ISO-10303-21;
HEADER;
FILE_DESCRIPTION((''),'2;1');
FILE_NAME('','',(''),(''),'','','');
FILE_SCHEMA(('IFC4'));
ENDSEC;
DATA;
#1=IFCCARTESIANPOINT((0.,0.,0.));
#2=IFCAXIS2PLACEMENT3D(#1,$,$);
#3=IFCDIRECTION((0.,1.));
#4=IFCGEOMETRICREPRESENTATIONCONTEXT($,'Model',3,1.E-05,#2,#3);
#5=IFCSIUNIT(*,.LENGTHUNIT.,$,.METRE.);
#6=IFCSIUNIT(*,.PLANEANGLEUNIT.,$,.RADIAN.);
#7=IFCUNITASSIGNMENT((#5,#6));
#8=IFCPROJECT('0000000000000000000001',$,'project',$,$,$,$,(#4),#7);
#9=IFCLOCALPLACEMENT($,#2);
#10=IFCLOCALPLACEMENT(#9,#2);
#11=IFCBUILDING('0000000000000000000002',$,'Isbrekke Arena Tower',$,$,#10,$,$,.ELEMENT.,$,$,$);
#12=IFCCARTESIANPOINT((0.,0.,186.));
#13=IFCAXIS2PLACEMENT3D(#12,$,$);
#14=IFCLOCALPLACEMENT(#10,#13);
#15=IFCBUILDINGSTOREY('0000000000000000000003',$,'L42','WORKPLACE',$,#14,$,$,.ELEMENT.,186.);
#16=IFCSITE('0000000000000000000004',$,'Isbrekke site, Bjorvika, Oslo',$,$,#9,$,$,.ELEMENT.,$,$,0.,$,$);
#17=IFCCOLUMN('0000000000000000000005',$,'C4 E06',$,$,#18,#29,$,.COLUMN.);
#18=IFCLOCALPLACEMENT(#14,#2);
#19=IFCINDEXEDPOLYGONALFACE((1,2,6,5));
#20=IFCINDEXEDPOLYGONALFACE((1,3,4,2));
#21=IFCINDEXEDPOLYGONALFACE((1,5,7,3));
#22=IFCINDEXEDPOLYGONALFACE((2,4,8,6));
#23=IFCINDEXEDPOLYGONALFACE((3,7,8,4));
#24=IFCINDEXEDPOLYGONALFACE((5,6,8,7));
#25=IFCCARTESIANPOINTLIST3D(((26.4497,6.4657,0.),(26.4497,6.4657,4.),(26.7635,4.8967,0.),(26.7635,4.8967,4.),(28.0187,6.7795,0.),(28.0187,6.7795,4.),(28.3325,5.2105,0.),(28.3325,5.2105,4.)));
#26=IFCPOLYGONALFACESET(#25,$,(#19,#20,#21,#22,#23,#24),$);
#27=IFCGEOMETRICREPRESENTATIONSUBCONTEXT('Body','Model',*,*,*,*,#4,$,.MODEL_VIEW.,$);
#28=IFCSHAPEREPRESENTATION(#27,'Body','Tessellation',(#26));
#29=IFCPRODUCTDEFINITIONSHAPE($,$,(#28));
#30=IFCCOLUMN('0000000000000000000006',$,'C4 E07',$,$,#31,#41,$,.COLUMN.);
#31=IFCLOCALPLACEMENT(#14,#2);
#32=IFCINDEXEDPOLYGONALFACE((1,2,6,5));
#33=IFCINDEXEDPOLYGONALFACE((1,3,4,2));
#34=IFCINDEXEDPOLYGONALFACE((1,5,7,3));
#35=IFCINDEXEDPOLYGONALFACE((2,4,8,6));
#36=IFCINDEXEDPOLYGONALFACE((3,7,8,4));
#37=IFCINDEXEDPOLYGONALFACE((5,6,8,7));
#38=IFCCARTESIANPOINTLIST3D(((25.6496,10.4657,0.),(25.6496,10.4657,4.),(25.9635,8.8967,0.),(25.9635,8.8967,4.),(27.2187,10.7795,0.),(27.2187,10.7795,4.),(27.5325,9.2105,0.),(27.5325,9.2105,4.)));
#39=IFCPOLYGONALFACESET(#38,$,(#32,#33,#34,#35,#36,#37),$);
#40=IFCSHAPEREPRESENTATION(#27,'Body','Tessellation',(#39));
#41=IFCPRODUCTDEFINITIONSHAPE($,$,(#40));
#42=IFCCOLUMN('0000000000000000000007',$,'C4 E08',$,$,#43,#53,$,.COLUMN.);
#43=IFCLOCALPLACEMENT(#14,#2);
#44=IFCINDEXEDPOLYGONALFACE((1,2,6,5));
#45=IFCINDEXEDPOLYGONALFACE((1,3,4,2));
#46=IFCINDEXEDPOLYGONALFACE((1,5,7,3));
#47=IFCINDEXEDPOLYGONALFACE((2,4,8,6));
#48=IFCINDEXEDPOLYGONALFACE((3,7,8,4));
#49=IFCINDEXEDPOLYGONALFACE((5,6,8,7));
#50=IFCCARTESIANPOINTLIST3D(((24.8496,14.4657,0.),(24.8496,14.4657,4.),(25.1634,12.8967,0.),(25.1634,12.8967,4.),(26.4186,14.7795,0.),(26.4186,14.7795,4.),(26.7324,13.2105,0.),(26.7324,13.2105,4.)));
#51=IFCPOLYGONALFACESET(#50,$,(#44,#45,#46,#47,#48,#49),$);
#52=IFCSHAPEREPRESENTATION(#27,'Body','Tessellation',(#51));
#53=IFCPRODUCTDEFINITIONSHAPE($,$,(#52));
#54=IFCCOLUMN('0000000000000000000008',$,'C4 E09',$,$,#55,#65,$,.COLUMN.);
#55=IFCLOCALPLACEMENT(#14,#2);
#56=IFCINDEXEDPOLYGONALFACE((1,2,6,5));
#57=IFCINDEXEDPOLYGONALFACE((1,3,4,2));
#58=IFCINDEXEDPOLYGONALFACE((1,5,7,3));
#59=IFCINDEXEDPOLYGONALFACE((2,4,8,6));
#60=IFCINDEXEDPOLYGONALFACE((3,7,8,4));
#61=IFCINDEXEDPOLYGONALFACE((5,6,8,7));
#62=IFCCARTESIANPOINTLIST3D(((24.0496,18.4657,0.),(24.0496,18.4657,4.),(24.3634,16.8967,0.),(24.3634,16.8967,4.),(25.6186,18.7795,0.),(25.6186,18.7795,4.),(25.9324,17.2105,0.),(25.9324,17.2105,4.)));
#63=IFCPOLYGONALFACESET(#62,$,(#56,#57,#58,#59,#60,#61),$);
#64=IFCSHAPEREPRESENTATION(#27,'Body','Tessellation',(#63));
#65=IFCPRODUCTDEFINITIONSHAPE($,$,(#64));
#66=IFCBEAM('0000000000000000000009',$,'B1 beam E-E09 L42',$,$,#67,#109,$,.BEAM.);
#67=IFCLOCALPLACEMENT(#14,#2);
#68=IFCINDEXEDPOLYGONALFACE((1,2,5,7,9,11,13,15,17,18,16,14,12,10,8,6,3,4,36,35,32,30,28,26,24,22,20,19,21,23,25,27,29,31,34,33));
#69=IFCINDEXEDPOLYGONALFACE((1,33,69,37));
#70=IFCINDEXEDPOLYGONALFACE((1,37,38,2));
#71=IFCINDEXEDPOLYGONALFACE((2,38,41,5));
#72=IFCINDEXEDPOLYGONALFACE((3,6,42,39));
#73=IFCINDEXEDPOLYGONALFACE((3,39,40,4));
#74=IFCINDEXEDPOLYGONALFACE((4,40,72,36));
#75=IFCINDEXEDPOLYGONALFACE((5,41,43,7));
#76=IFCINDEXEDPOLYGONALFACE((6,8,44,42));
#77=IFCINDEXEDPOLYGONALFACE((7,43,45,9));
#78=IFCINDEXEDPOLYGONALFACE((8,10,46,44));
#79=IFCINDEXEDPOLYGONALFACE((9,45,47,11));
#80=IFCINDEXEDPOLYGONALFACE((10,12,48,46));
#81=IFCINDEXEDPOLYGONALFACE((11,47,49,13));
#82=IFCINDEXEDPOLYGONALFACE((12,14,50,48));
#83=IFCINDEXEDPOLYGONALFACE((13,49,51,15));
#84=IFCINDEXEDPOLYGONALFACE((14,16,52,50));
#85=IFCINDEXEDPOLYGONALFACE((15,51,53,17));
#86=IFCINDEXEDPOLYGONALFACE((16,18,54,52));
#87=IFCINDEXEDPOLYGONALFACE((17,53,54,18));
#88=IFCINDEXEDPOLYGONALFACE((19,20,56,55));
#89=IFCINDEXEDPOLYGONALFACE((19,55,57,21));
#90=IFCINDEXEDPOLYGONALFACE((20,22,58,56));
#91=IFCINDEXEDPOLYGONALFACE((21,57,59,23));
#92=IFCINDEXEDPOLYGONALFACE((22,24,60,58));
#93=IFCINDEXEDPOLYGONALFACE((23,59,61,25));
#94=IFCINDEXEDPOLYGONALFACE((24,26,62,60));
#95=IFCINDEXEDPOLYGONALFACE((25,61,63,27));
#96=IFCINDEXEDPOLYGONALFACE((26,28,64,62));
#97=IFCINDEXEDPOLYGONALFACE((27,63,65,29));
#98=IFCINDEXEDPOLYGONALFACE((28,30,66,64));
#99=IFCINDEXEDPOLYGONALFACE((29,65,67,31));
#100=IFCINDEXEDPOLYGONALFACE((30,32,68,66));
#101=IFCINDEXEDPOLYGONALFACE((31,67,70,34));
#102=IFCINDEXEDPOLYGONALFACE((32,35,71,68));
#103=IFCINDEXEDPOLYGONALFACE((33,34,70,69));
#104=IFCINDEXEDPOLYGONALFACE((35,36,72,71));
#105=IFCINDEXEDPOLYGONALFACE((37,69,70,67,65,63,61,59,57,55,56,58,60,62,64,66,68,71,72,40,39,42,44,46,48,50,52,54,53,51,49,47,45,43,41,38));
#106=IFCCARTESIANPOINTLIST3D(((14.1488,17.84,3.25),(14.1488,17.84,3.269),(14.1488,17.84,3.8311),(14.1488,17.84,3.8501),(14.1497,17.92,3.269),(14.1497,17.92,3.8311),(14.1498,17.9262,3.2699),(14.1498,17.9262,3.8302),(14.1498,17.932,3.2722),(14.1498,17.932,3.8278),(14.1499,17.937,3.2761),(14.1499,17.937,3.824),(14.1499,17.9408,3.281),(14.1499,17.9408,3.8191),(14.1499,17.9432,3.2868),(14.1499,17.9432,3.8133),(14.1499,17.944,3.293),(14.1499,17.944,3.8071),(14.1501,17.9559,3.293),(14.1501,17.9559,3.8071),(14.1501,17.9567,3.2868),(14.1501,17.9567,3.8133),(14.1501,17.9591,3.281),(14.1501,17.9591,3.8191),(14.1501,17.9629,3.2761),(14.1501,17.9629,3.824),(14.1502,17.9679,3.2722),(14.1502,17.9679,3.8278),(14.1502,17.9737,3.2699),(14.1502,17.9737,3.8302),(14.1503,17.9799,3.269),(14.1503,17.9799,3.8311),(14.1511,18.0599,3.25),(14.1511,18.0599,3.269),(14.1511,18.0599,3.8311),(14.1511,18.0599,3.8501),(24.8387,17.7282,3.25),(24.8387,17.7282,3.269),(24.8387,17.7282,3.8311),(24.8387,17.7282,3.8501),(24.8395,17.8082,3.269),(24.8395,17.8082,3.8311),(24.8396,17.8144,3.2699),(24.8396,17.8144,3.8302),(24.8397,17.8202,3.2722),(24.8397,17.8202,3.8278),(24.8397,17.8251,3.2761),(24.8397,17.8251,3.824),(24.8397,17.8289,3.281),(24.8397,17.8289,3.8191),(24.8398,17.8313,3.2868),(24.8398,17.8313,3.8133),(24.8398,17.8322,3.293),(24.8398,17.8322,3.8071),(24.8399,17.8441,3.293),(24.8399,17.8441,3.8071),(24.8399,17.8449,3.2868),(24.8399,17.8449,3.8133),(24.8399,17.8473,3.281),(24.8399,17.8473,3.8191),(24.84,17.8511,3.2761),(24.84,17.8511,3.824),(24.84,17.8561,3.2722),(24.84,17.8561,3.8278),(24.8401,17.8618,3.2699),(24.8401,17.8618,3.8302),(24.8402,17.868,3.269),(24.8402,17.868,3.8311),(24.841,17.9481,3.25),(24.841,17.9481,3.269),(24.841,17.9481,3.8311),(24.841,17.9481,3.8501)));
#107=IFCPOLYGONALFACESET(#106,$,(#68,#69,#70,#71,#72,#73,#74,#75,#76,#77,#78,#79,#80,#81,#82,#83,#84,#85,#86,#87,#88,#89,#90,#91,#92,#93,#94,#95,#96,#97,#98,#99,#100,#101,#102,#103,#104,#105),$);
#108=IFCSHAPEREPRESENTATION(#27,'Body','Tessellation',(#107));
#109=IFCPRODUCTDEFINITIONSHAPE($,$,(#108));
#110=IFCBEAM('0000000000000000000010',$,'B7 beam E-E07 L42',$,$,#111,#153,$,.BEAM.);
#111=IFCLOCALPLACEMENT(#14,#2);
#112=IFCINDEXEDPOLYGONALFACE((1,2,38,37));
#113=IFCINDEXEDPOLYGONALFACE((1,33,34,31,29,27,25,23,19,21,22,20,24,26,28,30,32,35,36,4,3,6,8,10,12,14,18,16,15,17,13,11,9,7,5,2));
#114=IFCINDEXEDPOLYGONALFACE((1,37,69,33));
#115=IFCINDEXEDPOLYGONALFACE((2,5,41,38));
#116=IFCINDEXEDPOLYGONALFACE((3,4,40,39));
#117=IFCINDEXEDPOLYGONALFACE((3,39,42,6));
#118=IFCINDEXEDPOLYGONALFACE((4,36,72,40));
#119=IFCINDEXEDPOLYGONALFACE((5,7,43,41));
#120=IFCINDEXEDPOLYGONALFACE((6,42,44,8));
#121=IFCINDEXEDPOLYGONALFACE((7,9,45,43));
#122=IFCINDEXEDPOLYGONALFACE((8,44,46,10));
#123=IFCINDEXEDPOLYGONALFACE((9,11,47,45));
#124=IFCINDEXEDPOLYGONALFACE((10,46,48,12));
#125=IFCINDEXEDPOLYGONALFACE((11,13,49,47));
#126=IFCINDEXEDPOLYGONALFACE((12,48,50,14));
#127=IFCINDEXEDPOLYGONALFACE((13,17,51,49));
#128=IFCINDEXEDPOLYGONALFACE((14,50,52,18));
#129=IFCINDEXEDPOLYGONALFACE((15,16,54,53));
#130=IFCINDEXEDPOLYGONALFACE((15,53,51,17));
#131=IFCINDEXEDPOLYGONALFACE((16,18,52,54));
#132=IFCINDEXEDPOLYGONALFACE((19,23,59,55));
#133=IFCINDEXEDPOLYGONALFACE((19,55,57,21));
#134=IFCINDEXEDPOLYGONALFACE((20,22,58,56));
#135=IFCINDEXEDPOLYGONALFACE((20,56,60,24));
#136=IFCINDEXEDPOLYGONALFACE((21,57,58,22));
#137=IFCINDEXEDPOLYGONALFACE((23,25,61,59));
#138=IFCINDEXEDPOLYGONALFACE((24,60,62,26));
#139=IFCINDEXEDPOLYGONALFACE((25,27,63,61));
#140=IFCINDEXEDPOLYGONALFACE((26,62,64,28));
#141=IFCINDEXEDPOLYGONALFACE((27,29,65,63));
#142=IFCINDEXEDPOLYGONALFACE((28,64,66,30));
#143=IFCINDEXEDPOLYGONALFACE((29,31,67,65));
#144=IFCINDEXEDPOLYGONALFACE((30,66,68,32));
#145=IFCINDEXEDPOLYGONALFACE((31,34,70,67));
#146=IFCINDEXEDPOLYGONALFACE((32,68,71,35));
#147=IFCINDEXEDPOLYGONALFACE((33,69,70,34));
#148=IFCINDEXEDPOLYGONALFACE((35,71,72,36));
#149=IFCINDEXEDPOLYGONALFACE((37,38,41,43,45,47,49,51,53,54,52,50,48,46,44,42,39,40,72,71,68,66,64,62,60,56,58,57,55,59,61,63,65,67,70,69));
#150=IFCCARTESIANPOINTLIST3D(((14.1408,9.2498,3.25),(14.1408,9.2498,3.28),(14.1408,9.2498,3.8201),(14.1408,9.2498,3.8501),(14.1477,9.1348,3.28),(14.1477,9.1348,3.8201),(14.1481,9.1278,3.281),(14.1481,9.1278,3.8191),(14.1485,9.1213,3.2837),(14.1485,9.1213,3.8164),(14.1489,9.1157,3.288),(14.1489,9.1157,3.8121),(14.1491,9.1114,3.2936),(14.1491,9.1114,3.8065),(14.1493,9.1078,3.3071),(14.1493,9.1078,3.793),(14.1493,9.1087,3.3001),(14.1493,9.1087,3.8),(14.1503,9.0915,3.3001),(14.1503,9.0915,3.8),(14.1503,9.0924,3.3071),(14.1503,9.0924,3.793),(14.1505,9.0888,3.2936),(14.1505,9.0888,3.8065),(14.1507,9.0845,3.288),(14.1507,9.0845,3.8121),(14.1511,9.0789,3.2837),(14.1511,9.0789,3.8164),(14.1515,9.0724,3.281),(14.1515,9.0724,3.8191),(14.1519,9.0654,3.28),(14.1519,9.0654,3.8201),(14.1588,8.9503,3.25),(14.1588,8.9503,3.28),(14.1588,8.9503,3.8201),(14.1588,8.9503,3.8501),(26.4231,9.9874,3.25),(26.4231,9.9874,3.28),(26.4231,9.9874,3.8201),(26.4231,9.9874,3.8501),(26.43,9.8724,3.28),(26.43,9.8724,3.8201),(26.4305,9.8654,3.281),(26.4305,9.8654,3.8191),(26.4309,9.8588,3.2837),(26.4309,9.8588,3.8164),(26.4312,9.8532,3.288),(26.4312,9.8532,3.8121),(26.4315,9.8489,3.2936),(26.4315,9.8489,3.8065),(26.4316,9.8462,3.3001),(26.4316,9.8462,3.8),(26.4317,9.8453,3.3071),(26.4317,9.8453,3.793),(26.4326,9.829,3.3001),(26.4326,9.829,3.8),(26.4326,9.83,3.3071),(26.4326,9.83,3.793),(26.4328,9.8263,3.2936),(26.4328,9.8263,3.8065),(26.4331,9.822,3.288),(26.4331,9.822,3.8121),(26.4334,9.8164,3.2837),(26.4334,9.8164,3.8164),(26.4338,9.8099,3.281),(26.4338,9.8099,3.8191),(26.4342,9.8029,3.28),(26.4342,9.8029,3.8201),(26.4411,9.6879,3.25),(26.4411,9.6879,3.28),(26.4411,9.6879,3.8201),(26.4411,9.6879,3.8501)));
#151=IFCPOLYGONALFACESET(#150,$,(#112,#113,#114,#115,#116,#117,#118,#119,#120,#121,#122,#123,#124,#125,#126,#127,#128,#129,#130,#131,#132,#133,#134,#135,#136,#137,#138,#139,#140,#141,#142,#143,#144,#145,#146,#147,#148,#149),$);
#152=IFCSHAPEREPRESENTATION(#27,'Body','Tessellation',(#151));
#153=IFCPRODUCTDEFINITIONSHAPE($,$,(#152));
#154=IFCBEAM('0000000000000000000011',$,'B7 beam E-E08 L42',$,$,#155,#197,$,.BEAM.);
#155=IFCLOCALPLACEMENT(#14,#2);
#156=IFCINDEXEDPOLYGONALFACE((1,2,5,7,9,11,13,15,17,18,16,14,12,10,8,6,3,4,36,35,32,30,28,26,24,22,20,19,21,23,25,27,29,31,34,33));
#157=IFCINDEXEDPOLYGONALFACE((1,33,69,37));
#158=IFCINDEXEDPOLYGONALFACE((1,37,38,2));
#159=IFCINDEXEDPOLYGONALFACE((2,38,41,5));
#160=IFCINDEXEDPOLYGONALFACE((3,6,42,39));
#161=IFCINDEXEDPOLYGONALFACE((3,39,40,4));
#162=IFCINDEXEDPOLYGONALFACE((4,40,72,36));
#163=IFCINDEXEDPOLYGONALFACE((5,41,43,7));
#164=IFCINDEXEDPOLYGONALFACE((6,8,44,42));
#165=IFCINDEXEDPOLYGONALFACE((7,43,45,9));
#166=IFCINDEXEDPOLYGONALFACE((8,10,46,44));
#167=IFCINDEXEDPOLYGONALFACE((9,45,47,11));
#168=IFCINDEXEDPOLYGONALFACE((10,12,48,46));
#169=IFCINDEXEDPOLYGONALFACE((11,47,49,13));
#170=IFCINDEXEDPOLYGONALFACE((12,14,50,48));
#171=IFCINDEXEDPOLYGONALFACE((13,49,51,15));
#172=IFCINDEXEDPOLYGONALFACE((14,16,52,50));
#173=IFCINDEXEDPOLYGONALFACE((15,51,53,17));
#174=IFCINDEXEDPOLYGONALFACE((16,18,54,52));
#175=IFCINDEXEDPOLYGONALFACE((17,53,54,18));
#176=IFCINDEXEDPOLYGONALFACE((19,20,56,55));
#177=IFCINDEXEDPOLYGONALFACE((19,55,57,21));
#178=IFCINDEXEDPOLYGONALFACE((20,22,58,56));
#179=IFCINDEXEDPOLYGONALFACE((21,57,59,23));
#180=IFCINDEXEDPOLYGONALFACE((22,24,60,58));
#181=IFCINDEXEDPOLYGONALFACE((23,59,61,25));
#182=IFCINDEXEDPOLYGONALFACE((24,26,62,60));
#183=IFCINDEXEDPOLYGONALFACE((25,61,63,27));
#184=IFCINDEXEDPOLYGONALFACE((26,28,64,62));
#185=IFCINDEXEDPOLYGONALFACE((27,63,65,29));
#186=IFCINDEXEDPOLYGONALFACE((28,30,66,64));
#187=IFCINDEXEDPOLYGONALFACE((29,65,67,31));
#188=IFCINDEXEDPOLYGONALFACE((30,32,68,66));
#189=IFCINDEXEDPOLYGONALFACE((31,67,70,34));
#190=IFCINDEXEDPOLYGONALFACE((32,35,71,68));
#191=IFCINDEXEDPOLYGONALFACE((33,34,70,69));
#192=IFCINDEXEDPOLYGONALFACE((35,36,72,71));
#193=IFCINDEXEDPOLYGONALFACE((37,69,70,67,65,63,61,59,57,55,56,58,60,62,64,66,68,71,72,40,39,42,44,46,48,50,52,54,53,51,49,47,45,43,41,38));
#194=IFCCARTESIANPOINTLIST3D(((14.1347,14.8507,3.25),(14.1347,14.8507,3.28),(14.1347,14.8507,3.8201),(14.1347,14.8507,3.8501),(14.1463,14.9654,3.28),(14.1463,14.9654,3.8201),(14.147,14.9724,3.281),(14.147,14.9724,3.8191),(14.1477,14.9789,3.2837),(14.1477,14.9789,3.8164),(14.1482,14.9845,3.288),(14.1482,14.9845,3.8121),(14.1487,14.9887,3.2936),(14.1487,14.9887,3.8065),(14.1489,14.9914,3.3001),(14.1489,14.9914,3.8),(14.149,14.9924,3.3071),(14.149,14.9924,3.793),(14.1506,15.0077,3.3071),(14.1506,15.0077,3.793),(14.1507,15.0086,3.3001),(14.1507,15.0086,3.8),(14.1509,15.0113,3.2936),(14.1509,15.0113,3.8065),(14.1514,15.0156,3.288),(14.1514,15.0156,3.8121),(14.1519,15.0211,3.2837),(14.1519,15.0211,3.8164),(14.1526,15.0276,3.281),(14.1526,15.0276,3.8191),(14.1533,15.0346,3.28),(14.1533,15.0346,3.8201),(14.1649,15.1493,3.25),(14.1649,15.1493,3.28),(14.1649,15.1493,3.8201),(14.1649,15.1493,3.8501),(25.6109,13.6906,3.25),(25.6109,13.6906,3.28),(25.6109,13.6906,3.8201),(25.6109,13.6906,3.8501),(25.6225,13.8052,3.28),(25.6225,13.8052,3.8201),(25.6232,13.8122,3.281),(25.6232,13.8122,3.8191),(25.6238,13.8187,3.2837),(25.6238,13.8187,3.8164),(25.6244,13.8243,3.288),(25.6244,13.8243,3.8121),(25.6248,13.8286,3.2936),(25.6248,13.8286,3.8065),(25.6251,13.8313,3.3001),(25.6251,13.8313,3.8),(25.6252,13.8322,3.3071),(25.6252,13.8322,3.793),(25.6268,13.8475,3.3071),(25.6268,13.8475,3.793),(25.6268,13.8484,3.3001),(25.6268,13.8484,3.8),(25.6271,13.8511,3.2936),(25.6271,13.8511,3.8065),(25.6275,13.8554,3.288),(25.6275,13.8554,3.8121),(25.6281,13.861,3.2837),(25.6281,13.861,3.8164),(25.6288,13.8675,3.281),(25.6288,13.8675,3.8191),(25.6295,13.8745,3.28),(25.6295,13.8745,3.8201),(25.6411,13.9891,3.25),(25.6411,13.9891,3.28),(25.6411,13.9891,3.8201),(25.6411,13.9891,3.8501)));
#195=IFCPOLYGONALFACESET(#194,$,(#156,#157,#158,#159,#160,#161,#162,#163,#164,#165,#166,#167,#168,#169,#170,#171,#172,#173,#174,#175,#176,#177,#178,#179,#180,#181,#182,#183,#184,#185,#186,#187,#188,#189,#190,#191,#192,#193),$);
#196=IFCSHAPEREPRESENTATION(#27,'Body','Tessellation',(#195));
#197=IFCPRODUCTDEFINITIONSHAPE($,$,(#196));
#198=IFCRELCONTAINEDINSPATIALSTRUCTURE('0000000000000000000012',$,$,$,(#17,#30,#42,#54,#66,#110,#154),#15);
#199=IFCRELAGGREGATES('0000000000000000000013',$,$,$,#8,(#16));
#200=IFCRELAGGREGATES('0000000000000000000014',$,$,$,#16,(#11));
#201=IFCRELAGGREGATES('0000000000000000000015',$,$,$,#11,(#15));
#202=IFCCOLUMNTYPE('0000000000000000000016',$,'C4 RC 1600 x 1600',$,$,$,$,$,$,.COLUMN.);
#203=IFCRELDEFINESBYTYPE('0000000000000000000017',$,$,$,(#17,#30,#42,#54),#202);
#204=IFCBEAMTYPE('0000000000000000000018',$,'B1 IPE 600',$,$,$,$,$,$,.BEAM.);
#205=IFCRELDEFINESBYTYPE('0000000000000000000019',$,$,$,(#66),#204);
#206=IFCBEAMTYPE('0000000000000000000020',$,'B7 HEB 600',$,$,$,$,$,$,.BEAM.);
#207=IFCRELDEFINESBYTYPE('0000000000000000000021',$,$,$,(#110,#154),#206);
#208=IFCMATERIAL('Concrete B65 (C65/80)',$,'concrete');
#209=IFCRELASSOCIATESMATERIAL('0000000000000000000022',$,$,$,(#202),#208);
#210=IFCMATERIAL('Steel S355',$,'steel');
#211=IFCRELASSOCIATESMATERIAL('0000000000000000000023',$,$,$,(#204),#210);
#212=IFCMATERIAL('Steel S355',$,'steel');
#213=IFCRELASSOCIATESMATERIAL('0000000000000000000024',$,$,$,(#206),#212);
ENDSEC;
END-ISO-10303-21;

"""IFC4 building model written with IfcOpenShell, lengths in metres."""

from ifc_helpers import new_model, si_unit, direction, frame, origin, origin_2d, place, context, subcontext, project, spatial, rectangle, i_section, extrude, material, material_profile, profile_set, type_object, element, save


model = new_model("IFC4")

# Units and contexts
model_context = context("Model", 3, precision=1e-05, world=origin(), true_north=direction((0.0, 1.0)))
body_context = subcontext(model_context, "Body", "Model", "MODEL_VIEW")
ifc_project = project(units=[si_unit("LENGTHUNIT", "METRE"), si_unit("PLANEANGLEUNIT", "RADIAN")], contexts=[model_context])

# Site, building, storey
site_placement = place(None, origin())
site = spatial("IfcSite", under=ifc_project, at=site_placement, Name="Isbrekke site, Bjorvika, Oslo", CompositionType="ELEMENT", RefElevation=0.0)
building_placement = place(site_placement, origin())
building = spatial("IfcBuilding", under=site, at=building_placement, Name="Isbrekke Arena Tower", CompositionType="ELEMENT")
storey_placement = place(building_placement, frame((0.0, 0.0, 186.0)))
storey = spatial("IfcBuildingStorey", under=building, at=storey_placement, Name="L42", Description="WORKPLACE", CompositionType="ELEMENT", Elevation=186.0)

# Columns
ifc_material_1 = material(Name="Concrete B65 (C65/80)", Category="concrete")
ifc_material_profile_1 = material_profile(ifc_material_1, rectangle(XDim=1.6001, YDim=1.6001, at=origin_2d()), Name="RC 1600x1600")
ifc_profile_set_1 = profile_set([ifc_material_profile_1], Name="Concrete B65 (C65/80)")
column_type = type_object("IfcColumnType", Name="C4 RC 1600 x 1600", PredefinedType="COLUMN", material=ifc_profile_set_1)
for number, where, z_axis, x_axis, name in (
    (1, (27.3911, 5.8381, 0.0), (0.0, 0.0, 1.0), (-0.196116, 0.980581, 0.0), "C4 E06"),
    (2, (26.5911, 9.8381, 0.0), (0.0, 0.0, 1.0), (-0.196116, 0.980581, 0.0), "C4 E07"),
    (3, (25.791, 13.8381, 0.0), (0.0, 0.0, 1.0), (-0.196116, 0.980581, 0.0), "C4 E08"),
    (4, (24.991, 17.8381, 0.0), (0.0, 0.0, 1.0), (-0.196116, 0.980581, 0.0), "C4 E09"),
):
    element("IfcColumn", number, at=place(storey_placement, frame(where, z_axis=z_axis, x_axis=x_axis)), inside=storey, type_object=column_type, Name=name, PredefinedType="COLUMN", context=body_context, shape_type="SweptSolid", body=[
        extrude(rectangle(XDim=1.6001, YDim=1.6001, at=origin_2d()), origin(), (0.0, 0.0, 1.0), 4.0),
    ])

# Beams
ifc_material_2 = material(Name="Steel S355", Category="steel")
ifc_material_profile_2 = material_profile(ifc_material_2, i_section(OverallWidth=0.22, OverallDepth=0.6001, WebThickness=0.012, FlangeThickness=0.019, FilletRadius=0.0239, at=origin_2d()), Name="IPE 600")
ifc_profile_set_2 = profile_set([ifc_material_profile_2], Name="Steel S355")
beam_type_1 = type_object("IfcBeamType", Name="B1 IPE 600", PredefinedType="BEAM", material=ifc_profile_set_2)
beam_1_placement = place(storey_placement, frame((24.8398, 17.8381, 3.55), z_axis=(-0.999945, 0.010459, 0.0), x_axis=(-0.010459, -0.999945, 0.0)))
element("IfcBeam", 5, at=beam_1_placement, inside=storey, type_object=beam_type_1, Name="B1 beam E-E09 L42", PredefinedType="BEAM", context=body_context, shape_type="SweptSolid", body=[
    extrude(i_section(OverallWidth=0.22, OverallDepth=0.6001, WebThickness=0.012, FlangeThickness=0.019, FilletRadius=0.0239, at=origin_2d()), origin(), (0.0, 0.0, 1.0), 10.6904),
])
ifc_material_3 = material(Name="Steel S355", Category="steel")
ifc_material_profile_3 = material_profile(ifc_material_3, i_section(OverallWidth=0.3, OverallDepth=0.6001, WebThickness=0.0154, FlangeThickness=0.03, FilletRadius=0.0271, at=origin_2d()), Name="HEB 600")
ifc_profile_set_3 = profile_set([ifc_material_profile_3], Name="Steel S355")
beam_type_2 = type_object("IfcBeamType", Name="B7 HEB 600", PredefinedType="BEAM", material=ifc_profile_set_3)
beam_2_placement = place(storey_placement, frame((26.4321, 9.8376, 3.55), z_axis=(-0.998202, -0.059942, 0.0), x_axis=(0.059942, -0.998202, 0.0)))
element("IfcBeam", 6, at=beam_2_placement, inside=storey, type_object=beam_type_2, Name="B7 beam E-E07 L42", PredefinedType="BEAM", context=body_context, shape_type="SweptSolid", body=[
    extrude(i_section(OverallWidth=0.3, OverallDepth=0.6001, WebThickness=0.0154, FlangeThickness=0.03, FilletRadius=0.0271, at=origin_2d()), origin(), (0.0, 0.0, 1.0), 12.3044),
])
beam_3_placement = place(storey_placement, frame((25.626, 13.8398, 3.55), z_axis=(-0.994929, 0.100581, 0.0), x_axis=(-0.100581, -0.994929, 0.0)))
element("IfcBeam", 7, at=beam_3_placement, inside=storey, type_object=beam_type_2, Name="B7 beam E-E08 L42", PredefinedType="BEAM", context=body_context, shape_type="SweptSolid", body=[
    extrude(i_section(OverallWidth=0.3, OverallDepth=0.6001, WebThickness=0.0154, FlangeThickness=0.03, FilletRadius=0.0271, at=origin_2d()), origin(), (0.0, 0.0, 1.0), 11.5347),
])

save(model, "model.ifc")
